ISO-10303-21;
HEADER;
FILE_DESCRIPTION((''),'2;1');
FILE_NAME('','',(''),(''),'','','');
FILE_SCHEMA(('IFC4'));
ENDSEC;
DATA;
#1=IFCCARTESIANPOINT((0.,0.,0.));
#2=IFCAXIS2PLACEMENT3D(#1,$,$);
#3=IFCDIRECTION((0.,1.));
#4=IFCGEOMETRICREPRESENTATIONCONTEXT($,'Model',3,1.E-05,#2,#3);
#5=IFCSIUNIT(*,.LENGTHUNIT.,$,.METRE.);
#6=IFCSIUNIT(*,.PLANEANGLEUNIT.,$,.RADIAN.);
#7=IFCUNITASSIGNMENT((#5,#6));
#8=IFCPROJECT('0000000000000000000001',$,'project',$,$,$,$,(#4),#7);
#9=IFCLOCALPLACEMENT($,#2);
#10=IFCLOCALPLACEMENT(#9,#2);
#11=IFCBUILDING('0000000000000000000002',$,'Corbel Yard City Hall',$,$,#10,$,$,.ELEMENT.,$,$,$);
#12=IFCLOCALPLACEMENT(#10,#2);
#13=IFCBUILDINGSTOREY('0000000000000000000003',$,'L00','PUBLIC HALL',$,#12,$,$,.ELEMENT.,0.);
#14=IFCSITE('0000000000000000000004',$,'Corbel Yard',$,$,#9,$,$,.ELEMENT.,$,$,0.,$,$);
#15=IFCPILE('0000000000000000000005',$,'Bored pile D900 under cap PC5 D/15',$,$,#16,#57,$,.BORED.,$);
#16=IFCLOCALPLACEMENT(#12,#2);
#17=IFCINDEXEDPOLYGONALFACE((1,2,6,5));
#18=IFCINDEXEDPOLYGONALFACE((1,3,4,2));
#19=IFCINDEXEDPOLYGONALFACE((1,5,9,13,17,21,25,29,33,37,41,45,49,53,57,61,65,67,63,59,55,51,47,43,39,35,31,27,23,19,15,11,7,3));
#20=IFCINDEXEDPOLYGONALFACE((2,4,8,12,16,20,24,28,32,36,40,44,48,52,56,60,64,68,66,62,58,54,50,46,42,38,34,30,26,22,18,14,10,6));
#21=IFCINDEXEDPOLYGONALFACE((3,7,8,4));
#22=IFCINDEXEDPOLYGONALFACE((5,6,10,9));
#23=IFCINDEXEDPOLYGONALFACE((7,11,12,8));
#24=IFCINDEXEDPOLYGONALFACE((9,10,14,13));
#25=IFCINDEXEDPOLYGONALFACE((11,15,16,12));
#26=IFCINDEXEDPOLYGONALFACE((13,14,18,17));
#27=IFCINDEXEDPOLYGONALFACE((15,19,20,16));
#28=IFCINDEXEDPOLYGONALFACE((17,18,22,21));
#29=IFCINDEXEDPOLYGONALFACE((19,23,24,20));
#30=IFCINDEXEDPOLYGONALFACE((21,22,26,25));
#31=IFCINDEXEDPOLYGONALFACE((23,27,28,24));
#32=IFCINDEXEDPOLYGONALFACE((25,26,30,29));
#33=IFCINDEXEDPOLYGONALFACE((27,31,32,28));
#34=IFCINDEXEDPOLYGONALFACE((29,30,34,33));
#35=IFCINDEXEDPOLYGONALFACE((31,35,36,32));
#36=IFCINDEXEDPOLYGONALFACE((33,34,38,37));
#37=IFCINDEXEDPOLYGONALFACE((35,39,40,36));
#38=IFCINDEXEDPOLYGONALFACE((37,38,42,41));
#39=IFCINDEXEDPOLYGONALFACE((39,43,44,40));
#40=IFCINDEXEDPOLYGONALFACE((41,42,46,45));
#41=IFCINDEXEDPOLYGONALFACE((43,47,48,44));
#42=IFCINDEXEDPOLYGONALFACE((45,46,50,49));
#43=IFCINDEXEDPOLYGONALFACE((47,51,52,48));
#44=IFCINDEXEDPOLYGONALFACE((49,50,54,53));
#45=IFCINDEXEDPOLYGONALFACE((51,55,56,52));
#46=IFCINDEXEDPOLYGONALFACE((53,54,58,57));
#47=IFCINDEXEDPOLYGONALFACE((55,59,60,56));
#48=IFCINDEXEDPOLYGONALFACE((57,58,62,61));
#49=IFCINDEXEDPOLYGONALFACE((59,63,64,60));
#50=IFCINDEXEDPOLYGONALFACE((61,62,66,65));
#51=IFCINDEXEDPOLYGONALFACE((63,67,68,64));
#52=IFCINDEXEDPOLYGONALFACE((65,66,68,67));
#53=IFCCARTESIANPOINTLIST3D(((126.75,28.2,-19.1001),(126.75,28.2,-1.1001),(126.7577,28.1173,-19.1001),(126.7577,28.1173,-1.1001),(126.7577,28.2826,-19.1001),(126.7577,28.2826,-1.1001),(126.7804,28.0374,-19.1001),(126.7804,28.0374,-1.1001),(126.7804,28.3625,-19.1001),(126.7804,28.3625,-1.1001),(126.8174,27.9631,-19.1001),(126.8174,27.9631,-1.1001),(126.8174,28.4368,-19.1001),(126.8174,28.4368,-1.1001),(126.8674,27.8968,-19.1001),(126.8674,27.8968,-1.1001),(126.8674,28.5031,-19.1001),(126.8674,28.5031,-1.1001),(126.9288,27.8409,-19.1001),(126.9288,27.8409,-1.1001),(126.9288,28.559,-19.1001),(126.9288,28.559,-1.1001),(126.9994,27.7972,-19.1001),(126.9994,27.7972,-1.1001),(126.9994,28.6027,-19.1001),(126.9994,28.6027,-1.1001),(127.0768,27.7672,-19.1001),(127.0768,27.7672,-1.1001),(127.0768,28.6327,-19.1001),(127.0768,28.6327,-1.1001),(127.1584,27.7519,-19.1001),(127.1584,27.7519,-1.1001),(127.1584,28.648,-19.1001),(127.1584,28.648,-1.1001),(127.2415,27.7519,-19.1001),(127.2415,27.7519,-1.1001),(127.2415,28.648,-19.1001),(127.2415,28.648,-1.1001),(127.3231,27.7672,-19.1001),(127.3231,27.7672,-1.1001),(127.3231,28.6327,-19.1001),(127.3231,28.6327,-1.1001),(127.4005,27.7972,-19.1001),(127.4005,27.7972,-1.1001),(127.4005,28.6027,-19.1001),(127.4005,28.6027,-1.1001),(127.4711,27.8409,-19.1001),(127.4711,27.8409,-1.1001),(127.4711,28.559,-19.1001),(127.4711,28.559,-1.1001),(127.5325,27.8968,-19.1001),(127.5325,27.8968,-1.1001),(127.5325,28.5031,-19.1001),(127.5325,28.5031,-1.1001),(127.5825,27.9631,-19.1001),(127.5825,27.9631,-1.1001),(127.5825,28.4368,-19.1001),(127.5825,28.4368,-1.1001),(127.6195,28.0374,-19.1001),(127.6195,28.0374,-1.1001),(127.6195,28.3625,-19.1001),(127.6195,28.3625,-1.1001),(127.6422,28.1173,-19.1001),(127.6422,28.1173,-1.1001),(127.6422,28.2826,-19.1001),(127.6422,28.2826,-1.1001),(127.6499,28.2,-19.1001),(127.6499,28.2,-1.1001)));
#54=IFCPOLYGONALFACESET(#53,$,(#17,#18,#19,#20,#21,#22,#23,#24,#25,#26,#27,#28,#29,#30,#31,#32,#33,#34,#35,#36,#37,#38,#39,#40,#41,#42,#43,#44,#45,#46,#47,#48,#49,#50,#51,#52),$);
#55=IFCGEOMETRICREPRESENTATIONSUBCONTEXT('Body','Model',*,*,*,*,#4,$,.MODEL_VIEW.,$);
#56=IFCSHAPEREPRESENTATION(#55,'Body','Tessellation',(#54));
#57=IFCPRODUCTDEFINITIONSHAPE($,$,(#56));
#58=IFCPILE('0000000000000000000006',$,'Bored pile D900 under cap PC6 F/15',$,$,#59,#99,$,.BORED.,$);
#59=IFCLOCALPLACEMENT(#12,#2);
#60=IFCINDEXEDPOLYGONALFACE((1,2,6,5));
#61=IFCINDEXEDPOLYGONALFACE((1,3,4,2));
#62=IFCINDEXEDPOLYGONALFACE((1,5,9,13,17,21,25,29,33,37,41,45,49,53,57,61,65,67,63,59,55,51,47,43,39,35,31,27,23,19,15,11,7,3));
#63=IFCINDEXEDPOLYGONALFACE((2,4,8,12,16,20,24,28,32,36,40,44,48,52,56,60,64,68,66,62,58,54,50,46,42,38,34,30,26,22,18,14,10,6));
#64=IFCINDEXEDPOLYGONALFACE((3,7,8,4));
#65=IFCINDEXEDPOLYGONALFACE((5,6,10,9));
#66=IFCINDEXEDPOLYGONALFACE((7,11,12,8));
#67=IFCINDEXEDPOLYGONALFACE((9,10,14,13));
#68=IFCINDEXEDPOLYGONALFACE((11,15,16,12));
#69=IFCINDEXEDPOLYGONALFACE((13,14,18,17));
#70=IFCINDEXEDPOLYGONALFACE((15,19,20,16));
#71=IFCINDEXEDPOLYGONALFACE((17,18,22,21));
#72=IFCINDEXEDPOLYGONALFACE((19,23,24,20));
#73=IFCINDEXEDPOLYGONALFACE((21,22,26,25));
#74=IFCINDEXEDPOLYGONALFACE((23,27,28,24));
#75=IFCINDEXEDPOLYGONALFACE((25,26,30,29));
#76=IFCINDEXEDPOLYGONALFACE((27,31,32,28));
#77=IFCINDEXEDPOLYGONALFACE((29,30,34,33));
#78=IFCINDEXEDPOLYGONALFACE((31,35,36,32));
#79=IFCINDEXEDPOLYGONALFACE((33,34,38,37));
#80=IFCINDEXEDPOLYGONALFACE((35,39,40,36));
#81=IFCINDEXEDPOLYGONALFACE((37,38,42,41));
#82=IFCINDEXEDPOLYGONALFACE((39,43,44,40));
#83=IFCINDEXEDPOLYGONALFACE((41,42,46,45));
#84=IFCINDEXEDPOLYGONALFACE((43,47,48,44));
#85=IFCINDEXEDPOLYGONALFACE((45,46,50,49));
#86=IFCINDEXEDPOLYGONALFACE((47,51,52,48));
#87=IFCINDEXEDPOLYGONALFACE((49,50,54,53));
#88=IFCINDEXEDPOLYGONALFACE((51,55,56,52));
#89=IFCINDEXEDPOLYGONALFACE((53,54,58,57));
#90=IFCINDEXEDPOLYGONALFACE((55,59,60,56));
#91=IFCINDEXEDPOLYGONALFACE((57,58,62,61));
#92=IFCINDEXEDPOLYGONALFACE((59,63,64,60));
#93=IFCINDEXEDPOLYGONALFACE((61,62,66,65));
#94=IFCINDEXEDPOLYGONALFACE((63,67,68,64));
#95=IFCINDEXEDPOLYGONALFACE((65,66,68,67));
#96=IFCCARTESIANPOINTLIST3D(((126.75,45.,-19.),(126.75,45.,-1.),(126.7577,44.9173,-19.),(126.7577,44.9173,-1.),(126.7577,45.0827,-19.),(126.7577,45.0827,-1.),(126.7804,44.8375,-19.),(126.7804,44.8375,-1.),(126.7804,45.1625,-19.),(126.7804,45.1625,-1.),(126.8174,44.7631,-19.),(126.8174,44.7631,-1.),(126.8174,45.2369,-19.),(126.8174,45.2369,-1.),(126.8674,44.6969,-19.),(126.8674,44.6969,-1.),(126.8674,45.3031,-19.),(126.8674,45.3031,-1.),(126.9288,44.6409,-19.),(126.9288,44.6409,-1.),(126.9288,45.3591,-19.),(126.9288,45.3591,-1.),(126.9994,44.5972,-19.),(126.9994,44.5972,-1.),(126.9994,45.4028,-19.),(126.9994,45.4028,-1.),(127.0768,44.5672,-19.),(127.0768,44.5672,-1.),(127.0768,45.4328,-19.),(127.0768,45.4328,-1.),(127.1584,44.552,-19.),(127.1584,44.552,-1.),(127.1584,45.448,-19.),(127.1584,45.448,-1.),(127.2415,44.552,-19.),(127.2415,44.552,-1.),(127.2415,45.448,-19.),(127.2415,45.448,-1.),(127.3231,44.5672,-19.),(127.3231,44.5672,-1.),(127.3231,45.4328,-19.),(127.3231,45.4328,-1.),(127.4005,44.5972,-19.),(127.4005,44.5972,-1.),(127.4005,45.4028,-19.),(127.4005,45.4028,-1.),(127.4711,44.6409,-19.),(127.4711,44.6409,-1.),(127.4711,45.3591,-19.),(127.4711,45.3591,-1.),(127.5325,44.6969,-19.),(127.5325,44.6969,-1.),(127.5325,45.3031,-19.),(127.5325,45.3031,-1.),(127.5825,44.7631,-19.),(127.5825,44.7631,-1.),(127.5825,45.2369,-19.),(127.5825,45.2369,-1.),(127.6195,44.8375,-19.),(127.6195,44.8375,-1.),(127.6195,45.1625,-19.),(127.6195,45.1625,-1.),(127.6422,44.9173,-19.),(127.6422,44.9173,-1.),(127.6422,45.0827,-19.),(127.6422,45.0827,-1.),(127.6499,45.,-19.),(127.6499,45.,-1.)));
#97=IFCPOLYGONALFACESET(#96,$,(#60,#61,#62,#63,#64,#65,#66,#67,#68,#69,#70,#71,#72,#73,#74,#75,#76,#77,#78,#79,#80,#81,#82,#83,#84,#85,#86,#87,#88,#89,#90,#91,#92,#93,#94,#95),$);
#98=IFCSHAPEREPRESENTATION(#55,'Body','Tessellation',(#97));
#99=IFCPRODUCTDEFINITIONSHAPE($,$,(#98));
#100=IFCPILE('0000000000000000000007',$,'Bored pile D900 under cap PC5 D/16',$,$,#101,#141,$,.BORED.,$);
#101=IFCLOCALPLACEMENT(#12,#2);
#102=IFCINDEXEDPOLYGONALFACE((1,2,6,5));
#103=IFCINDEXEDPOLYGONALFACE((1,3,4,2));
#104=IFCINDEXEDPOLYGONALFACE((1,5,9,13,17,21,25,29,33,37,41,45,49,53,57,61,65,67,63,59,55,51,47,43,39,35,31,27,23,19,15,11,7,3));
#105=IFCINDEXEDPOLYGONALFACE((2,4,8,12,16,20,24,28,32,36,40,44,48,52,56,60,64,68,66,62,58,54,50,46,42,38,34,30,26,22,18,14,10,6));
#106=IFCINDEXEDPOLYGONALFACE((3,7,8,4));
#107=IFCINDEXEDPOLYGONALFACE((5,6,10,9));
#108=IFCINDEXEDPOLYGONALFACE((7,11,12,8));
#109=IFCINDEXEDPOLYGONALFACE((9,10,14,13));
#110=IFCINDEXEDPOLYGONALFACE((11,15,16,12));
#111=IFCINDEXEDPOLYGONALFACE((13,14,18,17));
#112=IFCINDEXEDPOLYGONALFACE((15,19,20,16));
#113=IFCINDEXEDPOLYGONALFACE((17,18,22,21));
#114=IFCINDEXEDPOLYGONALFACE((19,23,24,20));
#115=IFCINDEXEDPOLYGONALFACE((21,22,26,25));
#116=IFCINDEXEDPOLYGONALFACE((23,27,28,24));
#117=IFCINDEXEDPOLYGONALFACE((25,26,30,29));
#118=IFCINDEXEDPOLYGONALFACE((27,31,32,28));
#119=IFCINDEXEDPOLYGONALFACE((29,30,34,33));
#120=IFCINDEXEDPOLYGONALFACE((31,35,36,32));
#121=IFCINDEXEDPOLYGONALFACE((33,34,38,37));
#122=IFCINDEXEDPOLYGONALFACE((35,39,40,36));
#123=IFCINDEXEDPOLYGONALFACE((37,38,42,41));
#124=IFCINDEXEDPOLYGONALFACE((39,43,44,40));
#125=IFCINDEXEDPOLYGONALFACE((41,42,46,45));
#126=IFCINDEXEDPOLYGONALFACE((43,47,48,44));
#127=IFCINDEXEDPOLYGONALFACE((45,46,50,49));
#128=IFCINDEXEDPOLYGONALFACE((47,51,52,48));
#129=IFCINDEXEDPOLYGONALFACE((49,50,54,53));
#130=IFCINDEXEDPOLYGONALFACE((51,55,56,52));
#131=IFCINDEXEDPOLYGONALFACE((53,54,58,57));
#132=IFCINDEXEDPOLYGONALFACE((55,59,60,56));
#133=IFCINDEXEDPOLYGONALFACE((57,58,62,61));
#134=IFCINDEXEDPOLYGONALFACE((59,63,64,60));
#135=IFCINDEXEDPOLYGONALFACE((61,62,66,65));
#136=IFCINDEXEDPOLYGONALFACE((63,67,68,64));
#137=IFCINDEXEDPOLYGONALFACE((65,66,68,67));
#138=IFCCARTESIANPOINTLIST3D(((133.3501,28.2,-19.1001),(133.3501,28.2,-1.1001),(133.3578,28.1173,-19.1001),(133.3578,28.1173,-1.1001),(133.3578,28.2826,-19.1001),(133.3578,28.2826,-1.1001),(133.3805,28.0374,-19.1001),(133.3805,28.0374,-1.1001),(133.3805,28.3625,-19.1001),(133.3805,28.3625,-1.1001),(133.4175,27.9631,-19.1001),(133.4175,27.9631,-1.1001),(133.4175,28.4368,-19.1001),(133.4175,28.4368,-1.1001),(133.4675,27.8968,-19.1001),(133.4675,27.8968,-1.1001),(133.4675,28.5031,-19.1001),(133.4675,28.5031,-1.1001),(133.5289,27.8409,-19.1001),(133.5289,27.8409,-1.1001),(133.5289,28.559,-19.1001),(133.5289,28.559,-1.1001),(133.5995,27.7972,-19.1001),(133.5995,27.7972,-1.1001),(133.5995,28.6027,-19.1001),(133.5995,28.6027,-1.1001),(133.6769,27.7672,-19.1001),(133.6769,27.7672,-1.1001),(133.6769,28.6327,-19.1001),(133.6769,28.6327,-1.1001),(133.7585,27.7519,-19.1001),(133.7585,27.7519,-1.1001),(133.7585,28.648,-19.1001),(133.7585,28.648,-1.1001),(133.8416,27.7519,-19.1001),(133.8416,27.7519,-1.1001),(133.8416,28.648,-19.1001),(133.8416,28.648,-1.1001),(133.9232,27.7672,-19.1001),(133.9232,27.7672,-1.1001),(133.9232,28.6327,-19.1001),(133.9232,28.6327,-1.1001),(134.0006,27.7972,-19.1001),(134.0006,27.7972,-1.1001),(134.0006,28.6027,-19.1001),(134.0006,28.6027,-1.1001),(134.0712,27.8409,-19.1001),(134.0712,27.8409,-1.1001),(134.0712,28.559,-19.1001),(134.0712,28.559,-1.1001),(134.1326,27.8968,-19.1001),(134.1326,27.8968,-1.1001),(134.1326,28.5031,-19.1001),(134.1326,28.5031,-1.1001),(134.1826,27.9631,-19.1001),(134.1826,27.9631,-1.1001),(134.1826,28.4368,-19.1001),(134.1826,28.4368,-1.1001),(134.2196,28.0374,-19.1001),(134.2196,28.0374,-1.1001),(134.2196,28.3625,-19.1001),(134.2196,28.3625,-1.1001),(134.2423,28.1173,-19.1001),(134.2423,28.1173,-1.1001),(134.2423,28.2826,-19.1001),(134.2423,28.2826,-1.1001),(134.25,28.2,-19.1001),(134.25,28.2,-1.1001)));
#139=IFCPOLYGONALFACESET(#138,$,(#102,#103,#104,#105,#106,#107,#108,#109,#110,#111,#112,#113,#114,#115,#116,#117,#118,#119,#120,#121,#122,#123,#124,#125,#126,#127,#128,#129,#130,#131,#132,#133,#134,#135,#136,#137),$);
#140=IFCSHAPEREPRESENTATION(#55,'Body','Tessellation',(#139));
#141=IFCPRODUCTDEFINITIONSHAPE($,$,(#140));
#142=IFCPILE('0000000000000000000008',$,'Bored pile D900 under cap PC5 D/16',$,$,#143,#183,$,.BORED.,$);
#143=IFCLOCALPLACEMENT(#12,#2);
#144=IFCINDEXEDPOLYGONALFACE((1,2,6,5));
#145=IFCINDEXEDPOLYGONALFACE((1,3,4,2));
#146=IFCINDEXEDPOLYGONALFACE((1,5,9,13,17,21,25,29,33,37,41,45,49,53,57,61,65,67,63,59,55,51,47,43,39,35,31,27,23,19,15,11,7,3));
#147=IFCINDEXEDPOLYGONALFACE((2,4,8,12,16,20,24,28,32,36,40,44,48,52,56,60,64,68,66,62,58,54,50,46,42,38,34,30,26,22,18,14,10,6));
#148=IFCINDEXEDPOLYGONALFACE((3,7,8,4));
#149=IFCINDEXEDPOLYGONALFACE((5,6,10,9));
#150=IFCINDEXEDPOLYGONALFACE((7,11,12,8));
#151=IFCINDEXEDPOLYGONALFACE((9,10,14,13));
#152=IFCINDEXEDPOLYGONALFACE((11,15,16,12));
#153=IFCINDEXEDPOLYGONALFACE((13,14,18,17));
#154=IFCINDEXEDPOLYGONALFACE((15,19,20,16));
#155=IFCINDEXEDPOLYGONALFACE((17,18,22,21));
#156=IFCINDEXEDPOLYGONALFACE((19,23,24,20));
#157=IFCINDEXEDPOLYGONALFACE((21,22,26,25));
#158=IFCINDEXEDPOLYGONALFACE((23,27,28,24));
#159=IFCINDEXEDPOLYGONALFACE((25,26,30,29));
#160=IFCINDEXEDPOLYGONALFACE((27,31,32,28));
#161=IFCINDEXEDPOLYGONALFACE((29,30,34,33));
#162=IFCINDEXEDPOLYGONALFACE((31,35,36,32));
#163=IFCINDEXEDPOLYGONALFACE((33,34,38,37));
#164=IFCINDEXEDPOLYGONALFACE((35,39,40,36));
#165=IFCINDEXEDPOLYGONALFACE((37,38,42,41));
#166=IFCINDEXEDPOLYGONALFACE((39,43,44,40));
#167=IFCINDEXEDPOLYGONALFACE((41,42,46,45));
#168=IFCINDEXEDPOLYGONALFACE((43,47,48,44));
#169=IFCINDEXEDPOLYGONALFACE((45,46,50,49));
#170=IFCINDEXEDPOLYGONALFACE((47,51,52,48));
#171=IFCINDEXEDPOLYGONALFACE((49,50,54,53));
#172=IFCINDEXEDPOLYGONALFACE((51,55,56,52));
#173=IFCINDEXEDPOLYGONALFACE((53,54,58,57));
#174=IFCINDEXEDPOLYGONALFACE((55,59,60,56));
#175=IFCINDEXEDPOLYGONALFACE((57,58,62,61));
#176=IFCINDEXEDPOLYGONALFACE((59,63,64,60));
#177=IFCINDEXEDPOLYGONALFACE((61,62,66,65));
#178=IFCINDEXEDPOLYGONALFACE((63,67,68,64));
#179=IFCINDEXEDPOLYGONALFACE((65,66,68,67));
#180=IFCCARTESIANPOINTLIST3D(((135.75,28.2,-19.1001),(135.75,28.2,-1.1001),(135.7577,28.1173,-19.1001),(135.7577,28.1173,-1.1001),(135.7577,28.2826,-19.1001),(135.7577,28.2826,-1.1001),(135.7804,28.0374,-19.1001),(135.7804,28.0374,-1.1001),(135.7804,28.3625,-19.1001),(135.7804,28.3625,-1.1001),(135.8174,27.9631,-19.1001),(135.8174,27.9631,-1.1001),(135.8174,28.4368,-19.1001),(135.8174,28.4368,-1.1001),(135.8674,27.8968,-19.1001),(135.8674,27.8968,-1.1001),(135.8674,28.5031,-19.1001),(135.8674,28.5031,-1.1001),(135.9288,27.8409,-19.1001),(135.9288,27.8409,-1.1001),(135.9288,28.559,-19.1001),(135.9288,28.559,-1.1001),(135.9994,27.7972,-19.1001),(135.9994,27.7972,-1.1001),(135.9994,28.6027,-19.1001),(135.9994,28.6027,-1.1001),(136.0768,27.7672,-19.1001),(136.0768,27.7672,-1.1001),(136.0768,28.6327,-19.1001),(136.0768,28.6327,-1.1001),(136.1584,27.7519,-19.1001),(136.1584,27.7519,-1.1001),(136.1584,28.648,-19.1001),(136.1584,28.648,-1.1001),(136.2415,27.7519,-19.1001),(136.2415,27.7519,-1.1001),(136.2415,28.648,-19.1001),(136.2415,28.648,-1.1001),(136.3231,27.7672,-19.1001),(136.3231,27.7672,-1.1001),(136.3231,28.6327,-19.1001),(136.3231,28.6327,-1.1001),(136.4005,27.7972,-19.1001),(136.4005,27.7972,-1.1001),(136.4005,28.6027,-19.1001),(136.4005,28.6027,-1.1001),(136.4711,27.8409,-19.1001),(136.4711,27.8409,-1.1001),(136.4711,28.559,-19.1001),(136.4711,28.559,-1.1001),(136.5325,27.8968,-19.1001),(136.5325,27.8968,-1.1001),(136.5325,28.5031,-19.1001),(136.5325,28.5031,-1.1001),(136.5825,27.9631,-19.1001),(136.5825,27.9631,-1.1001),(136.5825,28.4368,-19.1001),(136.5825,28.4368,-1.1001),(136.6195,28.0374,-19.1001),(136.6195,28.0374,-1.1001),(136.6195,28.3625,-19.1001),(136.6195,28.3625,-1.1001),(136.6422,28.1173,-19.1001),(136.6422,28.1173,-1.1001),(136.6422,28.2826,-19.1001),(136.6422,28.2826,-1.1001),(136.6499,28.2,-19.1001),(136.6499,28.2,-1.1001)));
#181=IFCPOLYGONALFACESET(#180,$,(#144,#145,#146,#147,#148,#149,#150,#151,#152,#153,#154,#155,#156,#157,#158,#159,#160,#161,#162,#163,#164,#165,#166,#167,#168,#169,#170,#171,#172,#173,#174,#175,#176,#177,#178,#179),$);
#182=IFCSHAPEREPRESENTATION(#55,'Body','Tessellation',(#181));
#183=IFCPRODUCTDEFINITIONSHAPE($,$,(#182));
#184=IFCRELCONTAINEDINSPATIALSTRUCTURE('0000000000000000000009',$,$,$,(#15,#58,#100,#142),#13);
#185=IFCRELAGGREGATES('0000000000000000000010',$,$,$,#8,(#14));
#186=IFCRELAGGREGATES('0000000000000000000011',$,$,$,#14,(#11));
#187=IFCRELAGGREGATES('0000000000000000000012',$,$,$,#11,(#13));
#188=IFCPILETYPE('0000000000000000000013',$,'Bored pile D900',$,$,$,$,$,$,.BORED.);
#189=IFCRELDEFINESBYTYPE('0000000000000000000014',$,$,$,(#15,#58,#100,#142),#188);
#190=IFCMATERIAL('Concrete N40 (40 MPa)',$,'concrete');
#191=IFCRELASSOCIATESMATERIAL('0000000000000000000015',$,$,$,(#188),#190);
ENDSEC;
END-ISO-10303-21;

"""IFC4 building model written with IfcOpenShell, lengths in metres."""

from ifc_helpers import new_model, si_unit, direction, frame, origin, origin_2d, place, context, subcontext, project, spatial, circle, extrude, material, material_profile, profile_set, type_object, element, save


model = new_model("IFC4")

# Units and contexts
model_context = context("Model", 3, precision=1e-05, world=origin(), true_north=direction((0.0, 1.0)))
body_context = subcontext(model_context, "Body", "Model", "MODEL_VIEW")
ifc_project = project(units=[si_unit("LENGTHUNIT", "METRE"), si_unit("PLANEANGLEUNIT", "RADIAN")], contexts=[model_context])

# Site, building, storey
site_placement = place(None, origin())
site = spatial("IfcSite", under=ifc_project, at=site_placement, Name="Corbel Yard", CompositionType="ELEMENT", RefElevation=0.0)
building_placement = place(site_placement, origin())
building = spatial("IfcBuilding", under=site, at=building_placement, Name="Corbel Yard City Hall", CompositionType="ELEMENT")
storey_placement = place(building_placement, origin())
storey = spatial("IfcBuildingStorey", under=building, at=storey_placement, Name="L00", Description="PUBLIC HALL", CompositionType="ELEMENT", Elevation=0.0)

# Piles
ifc_material_1 = material(Name="Concrete N40 (40 MPa)", Category="concrete")
ifc_material_profile_1 = material_profile(ifc_material_1, circle(Radius=0.45, at=origin_2d()), Name="D900")
ifc_profile_set_1 = profile_set([ifc_material_profile_1], Name="Concrete N40 (40 MPa)")
pile_type = type_object("IfcPileType", Name="Bored pile D900", PredefinedType="BORED", material=ifc_profile_set_1)
for number, where, z_axis, x_axis, name in (
    (1, (127.2, 28.2, -1.1001), (0.0, 0.0, -1.0), (1.0, 0.0, 0.0), "Bored pile D900 under cap PC5 D/15"),
    (2, (127.2, 45.0, -1.0), (0.0, 0.0, -1.0), (1.0, 0.0, 0.0), "Bored pile D900 under cap PC6 F/15"),
    (3, (133.8, 28.2, -1.1001), (0.0, 0.0, -1.0), (1.0, 0.0, 0.0), "Bored pile D900 under cap PC5 D/16"),
    (4, (136.2, 28.2, -1.1001), (0.0, 0.0, -1.0), (1.0, 0.0, 0.0), "Bored pile D900 under cap PC5 D/16"),
):
    element("IfcPile", number, at=place(storey_placement, frame(where, z_axis=z_axis, x_axis=x_axis)), inside=storey, type_object=pile_type, Name=name, PredefinedType="BORED", context=body_context, shape_type="SweptSolid", body=[
        extrude(circle(Radius=0.45, at=origin_2d()), origin(), (0.0, 0.0, 1.0), 18.0),
    ])

save(model, "model.ifc")
